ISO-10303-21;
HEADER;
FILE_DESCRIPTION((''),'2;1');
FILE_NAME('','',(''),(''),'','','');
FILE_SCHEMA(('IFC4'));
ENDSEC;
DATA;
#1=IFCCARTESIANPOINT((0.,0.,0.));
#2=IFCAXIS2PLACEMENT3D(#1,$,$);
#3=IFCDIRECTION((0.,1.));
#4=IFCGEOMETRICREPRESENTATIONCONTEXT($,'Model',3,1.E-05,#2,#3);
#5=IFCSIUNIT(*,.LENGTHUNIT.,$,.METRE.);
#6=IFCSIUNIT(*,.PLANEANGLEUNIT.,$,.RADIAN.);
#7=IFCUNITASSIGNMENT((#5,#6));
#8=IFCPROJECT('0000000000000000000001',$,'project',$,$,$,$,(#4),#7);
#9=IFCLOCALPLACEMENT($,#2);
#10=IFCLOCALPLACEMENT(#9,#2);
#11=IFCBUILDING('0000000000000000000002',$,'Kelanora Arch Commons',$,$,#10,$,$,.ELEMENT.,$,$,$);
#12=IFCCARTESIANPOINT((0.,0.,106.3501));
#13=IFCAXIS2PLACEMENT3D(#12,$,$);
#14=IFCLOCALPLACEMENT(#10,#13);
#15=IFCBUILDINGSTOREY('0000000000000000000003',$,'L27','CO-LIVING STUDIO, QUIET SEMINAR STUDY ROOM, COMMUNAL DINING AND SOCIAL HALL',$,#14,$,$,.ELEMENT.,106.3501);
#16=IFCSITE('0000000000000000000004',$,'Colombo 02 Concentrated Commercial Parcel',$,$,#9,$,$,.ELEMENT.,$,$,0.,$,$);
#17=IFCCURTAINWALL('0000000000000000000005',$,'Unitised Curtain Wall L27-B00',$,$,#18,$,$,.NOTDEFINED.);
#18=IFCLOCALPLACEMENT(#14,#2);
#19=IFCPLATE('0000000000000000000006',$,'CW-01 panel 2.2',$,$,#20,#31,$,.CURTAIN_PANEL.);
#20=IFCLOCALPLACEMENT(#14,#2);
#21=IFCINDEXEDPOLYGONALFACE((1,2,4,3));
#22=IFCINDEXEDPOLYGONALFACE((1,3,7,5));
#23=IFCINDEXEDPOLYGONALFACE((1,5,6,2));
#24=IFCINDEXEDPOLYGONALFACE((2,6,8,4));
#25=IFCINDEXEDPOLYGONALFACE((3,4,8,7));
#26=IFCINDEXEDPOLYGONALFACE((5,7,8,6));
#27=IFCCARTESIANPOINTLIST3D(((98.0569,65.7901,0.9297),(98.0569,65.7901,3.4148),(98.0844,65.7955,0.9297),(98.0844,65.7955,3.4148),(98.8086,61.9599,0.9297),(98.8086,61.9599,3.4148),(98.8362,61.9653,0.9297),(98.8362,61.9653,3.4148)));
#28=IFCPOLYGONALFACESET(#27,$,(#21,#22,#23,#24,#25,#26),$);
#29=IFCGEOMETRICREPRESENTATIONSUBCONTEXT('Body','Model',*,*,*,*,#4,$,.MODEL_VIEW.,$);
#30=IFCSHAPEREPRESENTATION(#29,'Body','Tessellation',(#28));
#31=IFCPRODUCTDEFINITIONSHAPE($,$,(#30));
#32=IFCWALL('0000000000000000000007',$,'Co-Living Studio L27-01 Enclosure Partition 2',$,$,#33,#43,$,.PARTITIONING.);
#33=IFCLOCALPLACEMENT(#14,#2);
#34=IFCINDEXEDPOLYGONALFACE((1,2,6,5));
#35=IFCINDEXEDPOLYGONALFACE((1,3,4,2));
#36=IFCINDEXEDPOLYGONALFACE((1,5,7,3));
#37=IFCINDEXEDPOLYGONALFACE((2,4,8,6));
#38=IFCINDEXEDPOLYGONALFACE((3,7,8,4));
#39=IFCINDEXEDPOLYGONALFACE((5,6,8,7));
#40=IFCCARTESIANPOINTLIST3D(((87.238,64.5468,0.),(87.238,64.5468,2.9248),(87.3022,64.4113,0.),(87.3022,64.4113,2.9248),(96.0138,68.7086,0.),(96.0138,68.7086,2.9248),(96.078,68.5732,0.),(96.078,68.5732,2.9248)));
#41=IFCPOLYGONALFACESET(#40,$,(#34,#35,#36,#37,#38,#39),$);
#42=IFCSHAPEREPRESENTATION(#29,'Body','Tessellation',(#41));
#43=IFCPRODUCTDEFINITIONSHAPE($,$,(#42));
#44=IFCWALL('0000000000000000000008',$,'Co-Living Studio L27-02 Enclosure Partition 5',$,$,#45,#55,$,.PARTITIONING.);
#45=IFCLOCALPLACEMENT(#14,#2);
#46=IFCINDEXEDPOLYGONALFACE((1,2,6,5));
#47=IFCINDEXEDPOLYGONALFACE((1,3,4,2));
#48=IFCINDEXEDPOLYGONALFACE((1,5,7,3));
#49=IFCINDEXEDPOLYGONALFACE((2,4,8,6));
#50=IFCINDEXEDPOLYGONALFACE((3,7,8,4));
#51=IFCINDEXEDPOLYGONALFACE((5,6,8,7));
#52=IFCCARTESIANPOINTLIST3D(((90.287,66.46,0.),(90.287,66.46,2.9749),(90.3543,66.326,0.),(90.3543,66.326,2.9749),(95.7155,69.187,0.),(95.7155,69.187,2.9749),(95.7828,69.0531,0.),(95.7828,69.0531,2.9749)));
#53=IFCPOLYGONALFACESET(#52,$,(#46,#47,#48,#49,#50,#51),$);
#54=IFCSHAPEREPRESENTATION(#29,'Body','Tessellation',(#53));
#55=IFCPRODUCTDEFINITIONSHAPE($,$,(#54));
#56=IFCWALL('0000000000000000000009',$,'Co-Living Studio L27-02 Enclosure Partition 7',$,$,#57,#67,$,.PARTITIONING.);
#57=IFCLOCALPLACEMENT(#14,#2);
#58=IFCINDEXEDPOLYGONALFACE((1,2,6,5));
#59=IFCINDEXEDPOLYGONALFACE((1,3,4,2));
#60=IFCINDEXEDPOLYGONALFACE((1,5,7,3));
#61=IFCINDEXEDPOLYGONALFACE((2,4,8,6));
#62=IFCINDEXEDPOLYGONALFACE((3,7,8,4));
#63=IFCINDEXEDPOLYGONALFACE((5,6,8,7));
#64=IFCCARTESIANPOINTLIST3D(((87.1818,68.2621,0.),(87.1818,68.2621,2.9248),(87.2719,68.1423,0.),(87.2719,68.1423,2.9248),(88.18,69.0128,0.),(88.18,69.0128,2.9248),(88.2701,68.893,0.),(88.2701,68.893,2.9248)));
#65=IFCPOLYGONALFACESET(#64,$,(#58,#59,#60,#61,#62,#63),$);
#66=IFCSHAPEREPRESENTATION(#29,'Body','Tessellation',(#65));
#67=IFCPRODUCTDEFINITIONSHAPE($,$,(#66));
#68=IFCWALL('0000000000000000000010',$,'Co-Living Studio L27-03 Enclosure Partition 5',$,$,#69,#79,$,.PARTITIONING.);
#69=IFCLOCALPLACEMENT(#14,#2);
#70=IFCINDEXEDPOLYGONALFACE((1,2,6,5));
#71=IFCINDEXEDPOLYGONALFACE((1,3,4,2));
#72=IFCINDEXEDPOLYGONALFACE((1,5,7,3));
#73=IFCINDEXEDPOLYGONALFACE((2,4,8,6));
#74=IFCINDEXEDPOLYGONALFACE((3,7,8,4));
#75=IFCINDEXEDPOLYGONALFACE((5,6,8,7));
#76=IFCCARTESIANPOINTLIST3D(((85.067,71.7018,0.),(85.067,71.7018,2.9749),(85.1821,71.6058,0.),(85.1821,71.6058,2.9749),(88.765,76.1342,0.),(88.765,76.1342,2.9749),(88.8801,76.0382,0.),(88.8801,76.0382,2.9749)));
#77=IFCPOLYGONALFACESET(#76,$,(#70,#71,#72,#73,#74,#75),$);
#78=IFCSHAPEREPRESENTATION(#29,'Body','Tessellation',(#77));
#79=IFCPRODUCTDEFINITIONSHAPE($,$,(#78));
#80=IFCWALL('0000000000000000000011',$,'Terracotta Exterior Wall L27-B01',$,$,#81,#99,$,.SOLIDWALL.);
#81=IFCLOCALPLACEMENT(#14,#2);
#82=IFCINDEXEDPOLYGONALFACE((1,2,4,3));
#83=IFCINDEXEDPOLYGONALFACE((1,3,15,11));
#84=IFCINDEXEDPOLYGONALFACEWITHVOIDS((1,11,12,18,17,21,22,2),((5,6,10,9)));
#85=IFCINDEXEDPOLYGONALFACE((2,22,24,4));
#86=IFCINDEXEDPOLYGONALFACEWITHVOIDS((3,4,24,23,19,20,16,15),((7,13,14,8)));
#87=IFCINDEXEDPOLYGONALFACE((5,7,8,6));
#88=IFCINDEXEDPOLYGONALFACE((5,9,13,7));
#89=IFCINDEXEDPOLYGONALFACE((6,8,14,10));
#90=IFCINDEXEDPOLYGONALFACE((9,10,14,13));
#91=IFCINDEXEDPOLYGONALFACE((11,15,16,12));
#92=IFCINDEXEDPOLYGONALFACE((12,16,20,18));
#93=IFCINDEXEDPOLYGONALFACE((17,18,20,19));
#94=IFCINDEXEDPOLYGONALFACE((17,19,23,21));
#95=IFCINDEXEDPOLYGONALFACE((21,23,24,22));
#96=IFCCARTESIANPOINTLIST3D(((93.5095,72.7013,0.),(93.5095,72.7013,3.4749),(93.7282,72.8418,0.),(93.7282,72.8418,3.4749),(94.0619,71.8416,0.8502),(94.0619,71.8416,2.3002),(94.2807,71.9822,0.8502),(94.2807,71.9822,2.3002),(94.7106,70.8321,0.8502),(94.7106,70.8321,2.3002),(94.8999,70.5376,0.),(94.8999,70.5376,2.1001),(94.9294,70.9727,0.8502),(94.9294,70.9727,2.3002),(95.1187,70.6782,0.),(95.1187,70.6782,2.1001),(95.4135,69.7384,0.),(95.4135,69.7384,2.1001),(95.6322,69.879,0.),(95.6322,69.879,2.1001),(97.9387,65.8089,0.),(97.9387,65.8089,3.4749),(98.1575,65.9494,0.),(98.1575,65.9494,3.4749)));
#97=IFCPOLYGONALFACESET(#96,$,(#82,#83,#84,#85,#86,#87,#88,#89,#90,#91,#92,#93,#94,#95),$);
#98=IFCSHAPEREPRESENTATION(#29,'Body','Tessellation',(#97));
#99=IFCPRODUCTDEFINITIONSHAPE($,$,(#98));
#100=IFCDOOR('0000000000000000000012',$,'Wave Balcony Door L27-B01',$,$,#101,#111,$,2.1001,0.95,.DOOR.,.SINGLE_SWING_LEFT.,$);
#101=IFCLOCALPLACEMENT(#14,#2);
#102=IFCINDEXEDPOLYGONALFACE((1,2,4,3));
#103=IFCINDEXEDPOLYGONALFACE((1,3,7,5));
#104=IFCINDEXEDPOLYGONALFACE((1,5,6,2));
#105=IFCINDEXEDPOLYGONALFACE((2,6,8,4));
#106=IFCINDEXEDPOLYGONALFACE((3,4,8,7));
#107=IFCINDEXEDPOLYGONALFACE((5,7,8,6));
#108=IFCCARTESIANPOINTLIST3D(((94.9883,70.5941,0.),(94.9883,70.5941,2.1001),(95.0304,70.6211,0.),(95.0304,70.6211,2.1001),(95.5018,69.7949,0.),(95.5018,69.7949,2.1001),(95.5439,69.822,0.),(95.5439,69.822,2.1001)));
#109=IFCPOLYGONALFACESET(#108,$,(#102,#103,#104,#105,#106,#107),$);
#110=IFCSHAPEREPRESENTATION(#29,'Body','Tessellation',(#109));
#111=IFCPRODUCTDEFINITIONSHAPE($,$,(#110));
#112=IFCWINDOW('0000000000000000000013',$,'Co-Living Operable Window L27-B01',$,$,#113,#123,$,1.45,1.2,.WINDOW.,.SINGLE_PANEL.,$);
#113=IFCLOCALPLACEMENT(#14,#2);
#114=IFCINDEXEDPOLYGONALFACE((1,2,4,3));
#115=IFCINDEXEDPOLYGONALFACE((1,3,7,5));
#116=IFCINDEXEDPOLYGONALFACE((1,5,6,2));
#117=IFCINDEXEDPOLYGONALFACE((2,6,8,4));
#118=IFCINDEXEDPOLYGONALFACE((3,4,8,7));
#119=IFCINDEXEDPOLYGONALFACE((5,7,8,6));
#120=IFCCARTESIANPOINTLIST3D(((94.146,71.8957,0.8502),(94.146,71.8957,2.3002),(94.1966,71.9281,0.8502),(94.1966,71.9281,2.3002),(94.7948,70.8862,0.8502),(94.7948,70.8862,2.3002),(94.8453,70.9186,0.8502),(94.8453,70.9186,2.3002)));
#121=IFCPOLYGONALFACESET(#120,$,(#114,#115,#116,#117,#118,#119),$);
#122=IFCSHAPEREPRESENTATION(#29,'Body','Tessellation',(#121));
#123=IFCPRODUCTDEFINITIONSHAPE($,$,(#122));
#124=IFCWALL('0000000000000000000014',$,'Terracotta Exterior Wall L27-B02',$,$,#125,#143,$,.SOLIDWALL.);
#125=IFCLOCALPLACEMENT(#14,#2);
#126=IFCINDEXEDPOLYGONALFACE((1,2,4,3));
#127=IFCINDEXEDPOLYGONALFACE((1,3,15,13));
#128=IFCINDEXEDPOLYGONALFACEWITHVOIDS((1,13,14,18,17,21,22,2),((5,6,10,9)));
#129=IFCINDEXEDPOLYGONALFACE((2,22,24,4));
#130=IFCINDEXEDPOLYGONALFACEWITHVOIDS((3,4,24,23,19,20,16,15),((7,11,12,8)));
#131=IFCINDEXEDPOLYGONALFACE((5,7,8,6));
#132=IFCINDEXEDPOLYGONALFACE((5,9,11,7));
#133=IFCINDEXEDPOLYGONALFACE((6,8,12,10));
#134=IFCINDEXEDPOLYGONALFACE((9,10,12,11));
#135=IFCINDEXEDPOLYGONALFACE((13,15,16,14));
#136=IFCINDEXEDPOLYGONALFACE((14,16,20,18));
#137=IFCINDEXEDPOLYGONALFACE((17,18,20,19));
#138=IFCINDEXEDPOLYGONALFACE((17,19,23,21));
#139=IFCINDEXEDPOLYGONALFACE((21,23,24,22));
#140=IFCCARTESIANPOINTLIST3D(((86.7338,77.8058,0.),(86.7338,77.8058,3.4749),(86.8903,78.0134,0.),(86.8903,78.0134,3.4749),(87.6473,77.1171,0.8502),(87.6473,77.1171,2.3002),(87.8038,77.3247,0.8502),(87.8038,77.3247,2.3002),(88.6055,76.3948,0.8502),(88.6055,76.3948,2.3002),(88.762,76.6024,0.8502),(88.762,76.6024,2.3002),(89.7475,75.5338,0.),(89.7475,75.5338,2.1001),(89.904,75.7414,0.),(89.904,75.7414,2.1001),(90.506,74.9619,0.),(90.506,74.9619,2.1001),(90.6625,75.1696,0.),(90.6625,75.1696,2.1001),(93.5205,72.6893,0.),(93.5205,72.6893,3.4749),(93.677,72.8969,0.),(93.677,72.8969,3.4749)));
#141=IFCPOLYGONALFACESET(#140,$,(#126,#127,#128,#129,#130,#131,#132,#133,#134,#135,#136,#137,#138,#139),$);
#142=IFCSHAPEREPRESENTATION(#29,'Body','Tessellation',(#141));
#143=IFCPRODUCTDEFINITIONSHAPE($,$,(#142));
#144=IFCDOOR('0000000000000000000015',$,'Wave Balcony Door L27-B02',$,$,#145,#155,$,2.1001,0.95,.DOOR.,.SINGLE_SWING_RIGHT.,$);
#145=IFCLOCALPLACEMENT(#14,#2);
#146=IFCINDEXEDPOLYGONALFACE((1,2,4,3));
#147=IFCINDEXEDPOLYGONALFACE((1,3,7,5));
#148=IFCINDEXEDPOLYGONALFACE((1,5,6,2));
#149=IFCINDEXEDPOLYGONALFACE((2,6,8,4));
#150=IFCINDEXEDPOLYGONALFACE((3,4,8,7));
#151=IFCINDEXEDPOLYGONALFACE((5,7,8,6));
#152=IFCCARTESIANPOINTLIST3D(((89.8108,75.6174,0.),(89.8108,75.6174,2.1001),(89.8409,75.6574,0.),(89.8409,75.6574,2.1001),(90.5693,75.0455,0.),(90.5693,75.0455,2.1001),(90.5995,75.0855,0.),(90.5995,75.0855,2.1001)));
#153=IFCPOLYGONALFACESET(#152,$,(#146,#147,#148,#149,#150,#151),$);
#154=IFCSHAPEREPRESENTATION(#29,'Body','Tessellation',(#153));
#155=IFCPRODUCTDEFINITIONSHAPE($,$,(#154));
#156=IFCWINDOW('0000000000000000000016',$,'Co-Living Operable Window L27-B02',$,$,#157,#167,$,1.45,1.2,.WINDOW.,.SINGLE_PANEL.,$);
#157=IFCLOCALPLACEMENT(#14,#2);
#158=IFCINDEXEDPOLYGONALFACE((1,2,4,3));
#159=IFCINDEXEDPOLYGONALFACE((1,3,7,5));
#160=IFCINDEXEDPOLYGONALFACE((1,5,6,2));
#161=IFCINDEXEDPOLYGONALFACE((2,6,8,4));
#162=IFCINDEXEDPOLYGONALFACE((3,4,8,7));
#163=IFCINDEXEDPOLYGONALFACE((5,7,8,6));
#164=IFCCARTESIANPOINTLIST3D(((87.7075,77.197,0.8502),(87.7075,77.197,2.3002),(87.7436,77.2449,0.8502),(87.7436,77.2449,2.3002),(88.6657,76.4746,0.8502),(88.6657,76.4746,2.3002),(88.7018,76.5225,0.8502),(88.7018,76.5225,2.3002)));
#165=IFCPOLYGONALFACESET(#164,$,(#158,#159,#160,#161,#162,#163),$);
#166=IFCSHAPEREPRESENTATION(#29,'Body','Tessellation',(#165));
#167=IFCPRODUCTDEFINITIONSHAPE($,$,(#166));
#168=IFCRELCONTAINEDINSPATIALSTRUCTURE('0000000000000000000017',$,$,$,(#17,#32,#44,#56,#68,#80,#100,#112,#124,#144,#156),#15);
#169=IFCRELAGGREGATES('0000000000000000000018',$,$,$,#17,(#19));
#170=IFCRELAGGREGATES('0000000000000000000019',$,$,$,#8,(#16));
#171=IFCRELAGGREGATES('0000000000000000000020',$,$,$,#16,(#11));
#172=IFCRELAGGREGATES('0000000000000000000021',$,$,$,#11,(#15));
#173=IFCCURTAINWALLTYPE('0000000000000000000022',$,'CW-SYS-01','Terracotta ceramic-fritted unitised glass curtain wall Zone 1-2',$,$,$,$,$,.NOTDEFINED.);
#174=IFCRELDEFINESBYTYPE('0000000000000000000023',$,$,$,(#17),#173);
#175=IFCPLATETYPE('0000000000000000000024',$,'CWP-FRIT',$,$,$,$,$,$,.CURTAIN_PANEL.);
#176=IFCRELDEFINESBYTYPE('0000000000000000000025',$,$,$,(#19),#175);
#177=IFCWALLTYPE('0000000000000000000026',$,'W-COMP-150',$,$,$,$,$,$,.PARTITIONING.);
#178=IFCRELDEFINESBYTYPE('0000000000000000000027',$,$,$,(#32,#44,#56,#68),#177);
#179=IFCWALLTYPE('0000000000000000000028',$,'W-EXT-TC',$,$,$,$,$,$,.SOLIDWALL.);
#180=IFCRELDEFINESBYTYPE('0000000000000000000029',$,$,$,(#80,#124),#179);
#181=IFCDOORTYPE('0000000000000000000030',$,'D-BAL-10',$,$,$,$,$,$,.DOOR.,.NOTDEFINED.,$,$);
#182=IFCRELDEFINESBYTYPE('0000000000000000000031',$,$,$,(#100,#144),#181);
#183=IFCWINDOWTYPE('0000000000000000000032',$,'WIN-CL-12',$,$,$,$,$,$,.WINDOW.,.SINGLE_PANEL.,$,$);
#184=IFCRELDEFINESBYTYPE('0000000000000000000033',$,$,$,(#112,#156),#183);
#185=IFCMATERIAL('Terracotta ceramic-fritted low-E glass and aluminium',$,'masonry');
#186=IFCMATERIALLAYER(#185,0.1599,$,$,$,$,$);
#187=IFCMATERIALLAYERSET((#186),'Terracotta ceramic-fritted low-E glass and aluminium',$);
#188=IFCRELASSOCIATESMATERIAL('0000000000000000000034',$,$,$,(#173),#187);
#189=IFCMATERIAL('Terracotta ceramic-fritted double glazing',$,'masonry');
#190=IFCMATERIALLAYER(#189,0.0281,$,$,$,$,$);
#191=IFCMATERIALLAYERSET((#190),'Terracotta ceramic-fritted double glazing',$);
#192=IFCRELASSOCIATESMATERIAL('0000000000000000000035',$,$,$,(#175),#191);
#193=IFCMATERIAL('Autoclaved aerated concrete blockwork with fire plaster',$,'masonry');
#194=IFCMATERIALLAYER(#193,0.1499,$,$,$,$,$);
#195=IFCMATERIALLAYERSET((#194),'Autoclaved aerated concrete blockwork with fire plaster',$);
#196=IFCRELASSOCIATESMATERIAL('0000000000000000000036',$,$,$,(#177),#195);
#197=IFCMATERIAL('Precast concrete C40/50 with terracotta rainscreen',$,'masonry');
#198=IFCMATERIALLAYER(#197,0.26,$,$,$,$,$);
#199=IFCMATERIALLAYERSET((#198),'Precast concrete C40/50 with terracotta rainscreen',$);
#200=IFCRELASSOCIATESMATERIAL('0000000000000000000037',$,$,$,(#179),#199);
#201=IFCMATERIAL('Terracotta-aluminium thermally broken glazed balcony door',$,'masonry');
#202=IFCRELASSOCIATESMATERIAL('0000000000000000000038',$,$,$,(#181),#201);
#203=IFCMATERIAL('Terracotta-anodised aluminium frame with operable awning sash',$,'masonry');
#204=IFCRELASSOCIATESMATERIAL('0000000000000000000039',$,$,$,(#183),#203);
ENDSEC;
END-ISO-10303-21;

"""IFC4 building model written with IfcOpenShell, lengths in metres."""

from ifc_helpers import new_model, si_unit, direction, frame, frame_2d, origin, origin_2d, place, context, subcontext, project, spatial, rectangle, extrude, source, transform, mapped, material, layer, layer_set, type_object, element, fill, aggregate, save


model = new_model("IFC4")

# Units and contexts
model_context = context("Model", 3, precision=1e-05, world=origin(), true_north=direction((0.0, 1.0)))
body_context = subcontext(model_context, "Body", "Model", "MODEL_VIEW")
ifc_project = project(units=[si_unit("LENGTHUNIT", "METRE"), si_unit("PLANEANGLEUNIT", "RADIAN")], contexts=[model_context])

# Site, building, storey
site_placement = place(None, origin())
site = spatial("IfcSite", under=ifc_project, at=site_placement, Name="Colombo 02 Concentrated Commercial Parcel", CompositionType="ELEMENT", RefElevation=0.0)
building_placement = place(site_placement, origin())
building = spatial("IfcBuilding", under=site, at=building_placement, Name="Kelanora Arch Commons", CompositionType="ELEMENT")
storey_placement = place(building_placement, frame((0.0, 0.0, 106.3501)))
storey = spatial("IfcBuildingStorey", under=building, at=storey_placement, Name="L27", Description="CO-LIVING STUDIO, QUIET SEMINAR STUDY ROOM, COMMUNAL DINING AND SOCIAL HALL", CompositionType="ELEMENT", Elevation=106.3501)

# Curtain wall
ifc_material_1 = material(Name="Terracotta ceramic-fritted low-E glass and aluminium", Category="masonry")
ifc_layer_1 = layer(ifc_material_1, 0.1599)
ifc_layer_set_1 = layer_set([ifc_layer_1], Name="Terracotta ceramic-fritted low-E glass and aluminium")
curtain_wall_type = type_object("IfcCurtainWallType", Name="CW-SYS-01", Description="Terracotta ceramic-fritted unitised glass curtain wall Zone 1-2", PredefinedType="NOTDEFINED", material=ifc_layer_set_1)
curtain_wall_1_placement = place(storey_placement, origin())
curtain_wall_1 = element("IfcCurtainWall", 1, at=curtain_wall_1_placement, inside=storey, type_object=curtain_wall_type, Name="Unitised Curtain Wall L27-B00", PredefinedType="NOTDEFINED")

# Plate
ifc_material_2 = material(Name="Terracotta ceramic-fritted double glazing", Category="masonry")
ifc_layer_2 = layer(ifc_material_2, 0.0281)
ifc_layer_set_2 = layer_set([ifc_layer_2], Name="Terracotta ceramic-fritted double glazing")
plate_type = type_object("IfcPlateType", Name="CWP-FRIT", PredefinedType="CURTAIN_PANEL", material=ifc_layer_set_2)
shared_shape_1 = source(origin(), body_context, "Body", "SweptSolid", [
    extrude(rectangle(XDim=3.9033, YDim=0.0281, at=origin_2d()), origin(), (0.0, 0.0, 1.0), 2.4851),
])
plate_placement = place(storey_placement, frame((98.4465, 63.8777, 0.9297), z_axis=(0.0, 0.0, 1.0), x_axis=(-0.192585, 0.98128, 0.0)))
plate = element("IfcPlate", 2, at=plate_placement, type_object=plate_type, Name="CW-01 panel 2.2", PredefinedType="CURTAIN_PANEL", context=body_context, shape_type="MappedRepresentation", body=[
    mapped(shared_shape_1, transform((0.0, 0.0, 0.0), scale=1.0)),
])
aggregate(curtain_wall_1, [plate])

# Walls
ifc_material_3 = material(Name="Autoclaved aerated concrete blockwork with fire plaster", Category="masonry")
ifc_layer_3 = layer(ifc_material_3, 0.1499)
ifc_layer_set_3 = layer_set([ifc_layer_3], Name="Autoclaved aerated concrete blockwork with fire plaster")
wall_type_1 = type_object("IfcWallType", Name="W-COMP-150", PredefinedType="PARTITIONING", material=ifc_layer_set_3)
wall_1_placement = place(storey_placement, frame((87.27, 64.479, 0.0), z_axis=(0.0, 0.0, 1.0), x_axis=(0.903544, 0.428496, 0.0)))
element("IfcWall", 3, at=wall_1_placement, inside=storey, type_object=wall_type_1, Name="Co-Living Studio L27-01 Enclosure Partition 2", PredefinedType="PARTITIONING", context=body_context, shape_type="SweptSolid", body=[
    extrude(rectangle(XDim=9.7126, YDim=0.1499, at=frame_2d((4.8564, 0.0))), origin(), (0.0, 0.0, 1.0), 2.9248),
])
wall_2_placement = place(storey_placement, frame((95.7493, 69.1201, 0.0), z_axis=(0.0, 0.0, 1.0), x_axis=(-0.893582, -0.448901, 0.0)))
element("IfcWall", 4, at=wall_2_placement, inside=storey, type_object=wall_type_1, Name="Co-Living Studio L27-02 Enclosure Partition 5", PredefinedType="PARTITIONING", context=body_context, shape_type="SweptSolid", body=[
    extrude(rectangle(XDim=6.075, YDim=0.1499, at=frame_2d((3.0376, 0.0))), origin(), (0.0, 0.0, 1.0), 2.9749),
])
wall_3_placement = place(storey_placement, frame((88.2251, 68.9529, 0.0), z_axis=(0.0, 0.0, 1.0), x_axis=(-0.799225, -0.601032, 0.0)))
element("IfcWall", 5, at=wall_3_placement, inside=storey, type_object=wall_type_1, Name="Co-Living Studio L27-02 Enclosure Partition 7", PredefinedType="PARTITIONING", context=body_context, shape_type="SweptSolid", body=[
    extrude(rectangle(XDim=1.249, YDim=0.1499, at=frame_2d((0.6245, 0.0))), origin(), (0.0, 0.0, 1.0), 2.9248),
])
wall_4_placement = place(storey_placement, frame((88.8225, 76.0862, 0.0), z_axis=(0.0, 0.0, 1.0), x_axis=(-0.640629, -0.76785, 0.0)))
element("IfcWall", 6, at=wall_4_placement, inside=storey, type_object=wall_type_1, Name="Co-Living Studio L27-03 Enclosure Partition 5", PredefinedType="PARTITIONING", context=body_context, shape_type="SweptSolid", body=[
    extrude(rectangle(XDim=5.7725, YDim=0.1499, at=frame_2d((2.8862, 0.0))), origin(), (0.0, 0.0, 1.0), 2.9749),
])

# Walls, openings, doors, windows
ifc_material_4 = material(Name="Precast concrete C40/50 with terracotta rainscreen", Category="masonry")
ifc_layer_4 = layer(ifc_material_4, 0.26)
ifc_layer_set_4 = layer_set([ifc_layer_4], Name="Precast concrete C40/50 with terracotta rainscreen")
wall_type_2 = type_object("IfcWallType", Name="W-EXT-TC", PredefinedType="SOLIDWALL", material=ifc_layer_set_4)
wall_5_placement = place(storey_placement, frame((98.0481, 65.8792, 0.0), z_axis=(0.0, 0.0, 1.0), x_axis=(-0.540621, 0.841267, 0.0)))
wall_5 = element("IfcWall", 7, at=wall_5_placement, inside=storey, type_object=wall_type_2, Name="Terracotta Exterior Wall L27-B01", PredefinedType="SOLIDWALL", context=body_context, shape_type="SweptSolid", body=[
    extrude(rectangle(XDim=8.1929, YDim=0.26, at=frame_2d((4.0964, 0.0))), origin(), (0.0, 0.0, 1.0), 3.4749),
])
opening_1_placement = place(wall_5_placement, frame((4.6709, 0.0, 0.0)))
opening_1 = element("IfcOpeningElement", 8, at=opening_1_placement, cuts=wall_5, PredefinedType="OPENING", context=body_context, shape_type="SweptSolid", body=[
    extrude(rectangle(XDim=0.95, YDim=2.1001, at=frame_2d((0.4751, 1.05))), frame((0.0, 0.1401, 0.0), z_axis=(0.0, -1.0, 0.0), x_axis=(1.0, 0.0, 0.0)), (0.0, 0.0, 1.0), 0.28),
])
opening_2_placement = place(wall_5_placement, frame((5.9709, 0.0, 0.8501)))
opening_2 = element("IfcOpeningElement", 9, at=opening_2_placement, cuts=wall_5, PredefinedType="OPENING", context=body_context, shape_type="SweptSolid", body=[
    extrude(rectangle(XDim=1.2, YDim=1.45, at=frame_2d((0.6001, 0.7251))), frame((0.0, 0.1401, 0.0), z_axis=(0.0, -1.0, 0.0), x_axis=(1.0, 0.0, 0.0)), (0.0, 0.0, 1.0), 0.28),
])
ifc_material_5 = material(Name="Terracotta-aluminium thermally broken glazed balcony door", Category="masonry")
door_type = type_object("IfcDoorType", Name="D-BAL-10", OperationType="NOTDEFINED", PredefinedType="DOOR", material=ifc_material_5)
door_1_placement = place(opening_1_placement, frame((0.95, 0.0, 0.0), z_axis=(0.0, 0.0, 1.0), x_axis=(-1.0, 0.0, 0.0)))
door_1 = element("IfcDoor", 10, at=door_1_placement, inside=storey, type_object=door_type, Name="Wave Balcony Door L27-B01", OperationType="SINGLE_SWING_LEFT", OverallHeight=2.1001, OverallWidth=0.95, PredefinedType="DOOR", context=body_context, shape_type="SweptSolid", body=[
    extrude(rectangle(XDim=0.95, YDim=2.1001, at=frame_2d((0.4751, 1.05))), frame((0.0, 0.0249, 0.0), z_axis=(0.0, -1.0, 0.0), x_axis=(1.0, 0.0, 0.0)), (0.0, 0.0, 1.0), 0.05),
])
fill(opening_1, door_1)
ifc_material_6 = material(Name="Terracotta-anodised aluminium frame with operable awning sash", Category="masonry")
window_type = type_object("IfcWindowType", Name="WIN-CL-12", PartitioningType="SINGLE_PANEL", PredefinedType="WINDOW", material=ifc_material_6)
window_1_placement = place(opening_2_placement, origin())
window_1 = element("IfcWindow", 11, at=window_1_placement, inside=storey, type_object=window_type, Name="Co-Living Operable Window L27-B01", OverallHeight=1.45, OverallWidth=1.2, PartitioningType="SINGLE_PANEL", PredefinedType="WINDOW", context=body_context, shape_type="SweptSolid", body=[
    extrude(rectangle(XDim=1.2, YDim=1.45, at=frame_2d((0.6001, 0.7251))), frame((0.0, 0.03, 0.0), z_axis=(0.0, -1.0, 0.0), x_axis=(1.0, 0.0, 0.0)), (0.0, 0.0, 1.0), 0.0601),
])
fill(opening_2, window_1)
wall_6_placement = place(storey_placement, frame((93.5986, 72.7932, 0.0), z_axis=(0.0, 0.0, 1.0), x_axis=(-0.798502, 0.601993, 0.0)))
wall_6 = element("IfcWall", 12, at=wall_6_placement, inside=storey, type_object=wall_type_2, Name="Terracotta Exterior Wall L27-B02", PredefinedType="SOLIDWALL", context=body_context, shape_type="SweptSolid", body=[
    extrude(rectangle(XDim=8.4993, YDim=0.26, at=frame_2d((4.2495, 0.0))), origin(), (0.0, 0.0, 1.0), 3.4749),
])
opening_3_placement = place(wall_6_placement, frame((3.7749, 0.0, 0.0)))
opening_3 = element("IfcOpeningElement", 13, at=opening_3_placement, cuts=wall_6, PredefinedType="OPENING", context=body_context, shape_type="SweptSolid", body=[
    extrude(rectangle(XDim=0.95, YDim=2.1001, at=frame_2d((0.4751, 1.05))), frame((0.0, 0.1401, 0.0), z_axis=(0.0, -1.0, 0.0), x_axis=(1.0, 0.0, 0.0)), (0.0, 0.0, 1.0), 0.28),
])
opening_4_placement = place(wall_6_placement, frame((6.155, 0.0, 0.8501)))
opening_4 = element("IfcOpeningElement", 14, at=opening_4_placement, cuts=wall_6, PredefinedType="OPENING", context=body_context, shape_type="SweptSolid", body=[
    extrude(rectangle(XDim=1.2, YDim=1.45, at=frame_2d((0.6001, 0.7251))), frame((0.0, 0.1401, 0.0), z_axis=(0.0, -1.0, 0.0), x_axis=(1.0, 0.0, 0.0)), (0.0, 0.0, 1.0), 0.28),
])
door_2_placement = place(opening_3_placement, frame((0.95, 0.0, 0.0), z_axis=(0.0, 0.0, 1.0), x_axis=(-1.0, 0.0, 0.0)))
door_2 = element("IfcDoor", 15, at=door_2_placement, inside=storey, type_object=door_type, Name="Wave Balcony Door L27-B02", OperationType="SINGLE_SWING_RIGHT", OverallHeight=2.1001, OverallWidth=0.95, PredefinedType="DOOR", context=body_context, shape_type="SweptSolid", body=[
    extrude(rectangle(XDim=0.95, YDim=2.1001, at=frame_2d((0.4751, 1.05))), frame((0.0, 0.0249, 0.0), z_axis=(0.0, -1.0, 0.0), x_axis=(1.0, 0.0, 0.0)), (0.0, 0.0, 1.0), 0.05),
])
fill(opening_3, door_2)
window_2_placement = place(opening_4_placement, origin())
window_2 = element("IfcWindow", 16, at=window_2_placement, inside=storey, type_object=window_type, Name="Co-Living Operable Window L27-B02", OverallHeight=1.45, OverallWidth=1.2, PartitioningType="SINGLE_PANEL", PredefinedType="WINDOW", context=body_context, shape_type="SweptSolid", body=[
    extrude(rectangle(XDim=1.2, YDim=1.45, at=frame_2d((0.6001, 0.7251))), frame((0.0, 0.03, 0.0), z_axis=(0.0, -1.0, 0.0), x_axis=(1.0, 0.0, 0.0)), (0.0, 0.0, 1.0), 0.0601),
])
fill(opening_4, window_2)

save(model, "model.ifc")
